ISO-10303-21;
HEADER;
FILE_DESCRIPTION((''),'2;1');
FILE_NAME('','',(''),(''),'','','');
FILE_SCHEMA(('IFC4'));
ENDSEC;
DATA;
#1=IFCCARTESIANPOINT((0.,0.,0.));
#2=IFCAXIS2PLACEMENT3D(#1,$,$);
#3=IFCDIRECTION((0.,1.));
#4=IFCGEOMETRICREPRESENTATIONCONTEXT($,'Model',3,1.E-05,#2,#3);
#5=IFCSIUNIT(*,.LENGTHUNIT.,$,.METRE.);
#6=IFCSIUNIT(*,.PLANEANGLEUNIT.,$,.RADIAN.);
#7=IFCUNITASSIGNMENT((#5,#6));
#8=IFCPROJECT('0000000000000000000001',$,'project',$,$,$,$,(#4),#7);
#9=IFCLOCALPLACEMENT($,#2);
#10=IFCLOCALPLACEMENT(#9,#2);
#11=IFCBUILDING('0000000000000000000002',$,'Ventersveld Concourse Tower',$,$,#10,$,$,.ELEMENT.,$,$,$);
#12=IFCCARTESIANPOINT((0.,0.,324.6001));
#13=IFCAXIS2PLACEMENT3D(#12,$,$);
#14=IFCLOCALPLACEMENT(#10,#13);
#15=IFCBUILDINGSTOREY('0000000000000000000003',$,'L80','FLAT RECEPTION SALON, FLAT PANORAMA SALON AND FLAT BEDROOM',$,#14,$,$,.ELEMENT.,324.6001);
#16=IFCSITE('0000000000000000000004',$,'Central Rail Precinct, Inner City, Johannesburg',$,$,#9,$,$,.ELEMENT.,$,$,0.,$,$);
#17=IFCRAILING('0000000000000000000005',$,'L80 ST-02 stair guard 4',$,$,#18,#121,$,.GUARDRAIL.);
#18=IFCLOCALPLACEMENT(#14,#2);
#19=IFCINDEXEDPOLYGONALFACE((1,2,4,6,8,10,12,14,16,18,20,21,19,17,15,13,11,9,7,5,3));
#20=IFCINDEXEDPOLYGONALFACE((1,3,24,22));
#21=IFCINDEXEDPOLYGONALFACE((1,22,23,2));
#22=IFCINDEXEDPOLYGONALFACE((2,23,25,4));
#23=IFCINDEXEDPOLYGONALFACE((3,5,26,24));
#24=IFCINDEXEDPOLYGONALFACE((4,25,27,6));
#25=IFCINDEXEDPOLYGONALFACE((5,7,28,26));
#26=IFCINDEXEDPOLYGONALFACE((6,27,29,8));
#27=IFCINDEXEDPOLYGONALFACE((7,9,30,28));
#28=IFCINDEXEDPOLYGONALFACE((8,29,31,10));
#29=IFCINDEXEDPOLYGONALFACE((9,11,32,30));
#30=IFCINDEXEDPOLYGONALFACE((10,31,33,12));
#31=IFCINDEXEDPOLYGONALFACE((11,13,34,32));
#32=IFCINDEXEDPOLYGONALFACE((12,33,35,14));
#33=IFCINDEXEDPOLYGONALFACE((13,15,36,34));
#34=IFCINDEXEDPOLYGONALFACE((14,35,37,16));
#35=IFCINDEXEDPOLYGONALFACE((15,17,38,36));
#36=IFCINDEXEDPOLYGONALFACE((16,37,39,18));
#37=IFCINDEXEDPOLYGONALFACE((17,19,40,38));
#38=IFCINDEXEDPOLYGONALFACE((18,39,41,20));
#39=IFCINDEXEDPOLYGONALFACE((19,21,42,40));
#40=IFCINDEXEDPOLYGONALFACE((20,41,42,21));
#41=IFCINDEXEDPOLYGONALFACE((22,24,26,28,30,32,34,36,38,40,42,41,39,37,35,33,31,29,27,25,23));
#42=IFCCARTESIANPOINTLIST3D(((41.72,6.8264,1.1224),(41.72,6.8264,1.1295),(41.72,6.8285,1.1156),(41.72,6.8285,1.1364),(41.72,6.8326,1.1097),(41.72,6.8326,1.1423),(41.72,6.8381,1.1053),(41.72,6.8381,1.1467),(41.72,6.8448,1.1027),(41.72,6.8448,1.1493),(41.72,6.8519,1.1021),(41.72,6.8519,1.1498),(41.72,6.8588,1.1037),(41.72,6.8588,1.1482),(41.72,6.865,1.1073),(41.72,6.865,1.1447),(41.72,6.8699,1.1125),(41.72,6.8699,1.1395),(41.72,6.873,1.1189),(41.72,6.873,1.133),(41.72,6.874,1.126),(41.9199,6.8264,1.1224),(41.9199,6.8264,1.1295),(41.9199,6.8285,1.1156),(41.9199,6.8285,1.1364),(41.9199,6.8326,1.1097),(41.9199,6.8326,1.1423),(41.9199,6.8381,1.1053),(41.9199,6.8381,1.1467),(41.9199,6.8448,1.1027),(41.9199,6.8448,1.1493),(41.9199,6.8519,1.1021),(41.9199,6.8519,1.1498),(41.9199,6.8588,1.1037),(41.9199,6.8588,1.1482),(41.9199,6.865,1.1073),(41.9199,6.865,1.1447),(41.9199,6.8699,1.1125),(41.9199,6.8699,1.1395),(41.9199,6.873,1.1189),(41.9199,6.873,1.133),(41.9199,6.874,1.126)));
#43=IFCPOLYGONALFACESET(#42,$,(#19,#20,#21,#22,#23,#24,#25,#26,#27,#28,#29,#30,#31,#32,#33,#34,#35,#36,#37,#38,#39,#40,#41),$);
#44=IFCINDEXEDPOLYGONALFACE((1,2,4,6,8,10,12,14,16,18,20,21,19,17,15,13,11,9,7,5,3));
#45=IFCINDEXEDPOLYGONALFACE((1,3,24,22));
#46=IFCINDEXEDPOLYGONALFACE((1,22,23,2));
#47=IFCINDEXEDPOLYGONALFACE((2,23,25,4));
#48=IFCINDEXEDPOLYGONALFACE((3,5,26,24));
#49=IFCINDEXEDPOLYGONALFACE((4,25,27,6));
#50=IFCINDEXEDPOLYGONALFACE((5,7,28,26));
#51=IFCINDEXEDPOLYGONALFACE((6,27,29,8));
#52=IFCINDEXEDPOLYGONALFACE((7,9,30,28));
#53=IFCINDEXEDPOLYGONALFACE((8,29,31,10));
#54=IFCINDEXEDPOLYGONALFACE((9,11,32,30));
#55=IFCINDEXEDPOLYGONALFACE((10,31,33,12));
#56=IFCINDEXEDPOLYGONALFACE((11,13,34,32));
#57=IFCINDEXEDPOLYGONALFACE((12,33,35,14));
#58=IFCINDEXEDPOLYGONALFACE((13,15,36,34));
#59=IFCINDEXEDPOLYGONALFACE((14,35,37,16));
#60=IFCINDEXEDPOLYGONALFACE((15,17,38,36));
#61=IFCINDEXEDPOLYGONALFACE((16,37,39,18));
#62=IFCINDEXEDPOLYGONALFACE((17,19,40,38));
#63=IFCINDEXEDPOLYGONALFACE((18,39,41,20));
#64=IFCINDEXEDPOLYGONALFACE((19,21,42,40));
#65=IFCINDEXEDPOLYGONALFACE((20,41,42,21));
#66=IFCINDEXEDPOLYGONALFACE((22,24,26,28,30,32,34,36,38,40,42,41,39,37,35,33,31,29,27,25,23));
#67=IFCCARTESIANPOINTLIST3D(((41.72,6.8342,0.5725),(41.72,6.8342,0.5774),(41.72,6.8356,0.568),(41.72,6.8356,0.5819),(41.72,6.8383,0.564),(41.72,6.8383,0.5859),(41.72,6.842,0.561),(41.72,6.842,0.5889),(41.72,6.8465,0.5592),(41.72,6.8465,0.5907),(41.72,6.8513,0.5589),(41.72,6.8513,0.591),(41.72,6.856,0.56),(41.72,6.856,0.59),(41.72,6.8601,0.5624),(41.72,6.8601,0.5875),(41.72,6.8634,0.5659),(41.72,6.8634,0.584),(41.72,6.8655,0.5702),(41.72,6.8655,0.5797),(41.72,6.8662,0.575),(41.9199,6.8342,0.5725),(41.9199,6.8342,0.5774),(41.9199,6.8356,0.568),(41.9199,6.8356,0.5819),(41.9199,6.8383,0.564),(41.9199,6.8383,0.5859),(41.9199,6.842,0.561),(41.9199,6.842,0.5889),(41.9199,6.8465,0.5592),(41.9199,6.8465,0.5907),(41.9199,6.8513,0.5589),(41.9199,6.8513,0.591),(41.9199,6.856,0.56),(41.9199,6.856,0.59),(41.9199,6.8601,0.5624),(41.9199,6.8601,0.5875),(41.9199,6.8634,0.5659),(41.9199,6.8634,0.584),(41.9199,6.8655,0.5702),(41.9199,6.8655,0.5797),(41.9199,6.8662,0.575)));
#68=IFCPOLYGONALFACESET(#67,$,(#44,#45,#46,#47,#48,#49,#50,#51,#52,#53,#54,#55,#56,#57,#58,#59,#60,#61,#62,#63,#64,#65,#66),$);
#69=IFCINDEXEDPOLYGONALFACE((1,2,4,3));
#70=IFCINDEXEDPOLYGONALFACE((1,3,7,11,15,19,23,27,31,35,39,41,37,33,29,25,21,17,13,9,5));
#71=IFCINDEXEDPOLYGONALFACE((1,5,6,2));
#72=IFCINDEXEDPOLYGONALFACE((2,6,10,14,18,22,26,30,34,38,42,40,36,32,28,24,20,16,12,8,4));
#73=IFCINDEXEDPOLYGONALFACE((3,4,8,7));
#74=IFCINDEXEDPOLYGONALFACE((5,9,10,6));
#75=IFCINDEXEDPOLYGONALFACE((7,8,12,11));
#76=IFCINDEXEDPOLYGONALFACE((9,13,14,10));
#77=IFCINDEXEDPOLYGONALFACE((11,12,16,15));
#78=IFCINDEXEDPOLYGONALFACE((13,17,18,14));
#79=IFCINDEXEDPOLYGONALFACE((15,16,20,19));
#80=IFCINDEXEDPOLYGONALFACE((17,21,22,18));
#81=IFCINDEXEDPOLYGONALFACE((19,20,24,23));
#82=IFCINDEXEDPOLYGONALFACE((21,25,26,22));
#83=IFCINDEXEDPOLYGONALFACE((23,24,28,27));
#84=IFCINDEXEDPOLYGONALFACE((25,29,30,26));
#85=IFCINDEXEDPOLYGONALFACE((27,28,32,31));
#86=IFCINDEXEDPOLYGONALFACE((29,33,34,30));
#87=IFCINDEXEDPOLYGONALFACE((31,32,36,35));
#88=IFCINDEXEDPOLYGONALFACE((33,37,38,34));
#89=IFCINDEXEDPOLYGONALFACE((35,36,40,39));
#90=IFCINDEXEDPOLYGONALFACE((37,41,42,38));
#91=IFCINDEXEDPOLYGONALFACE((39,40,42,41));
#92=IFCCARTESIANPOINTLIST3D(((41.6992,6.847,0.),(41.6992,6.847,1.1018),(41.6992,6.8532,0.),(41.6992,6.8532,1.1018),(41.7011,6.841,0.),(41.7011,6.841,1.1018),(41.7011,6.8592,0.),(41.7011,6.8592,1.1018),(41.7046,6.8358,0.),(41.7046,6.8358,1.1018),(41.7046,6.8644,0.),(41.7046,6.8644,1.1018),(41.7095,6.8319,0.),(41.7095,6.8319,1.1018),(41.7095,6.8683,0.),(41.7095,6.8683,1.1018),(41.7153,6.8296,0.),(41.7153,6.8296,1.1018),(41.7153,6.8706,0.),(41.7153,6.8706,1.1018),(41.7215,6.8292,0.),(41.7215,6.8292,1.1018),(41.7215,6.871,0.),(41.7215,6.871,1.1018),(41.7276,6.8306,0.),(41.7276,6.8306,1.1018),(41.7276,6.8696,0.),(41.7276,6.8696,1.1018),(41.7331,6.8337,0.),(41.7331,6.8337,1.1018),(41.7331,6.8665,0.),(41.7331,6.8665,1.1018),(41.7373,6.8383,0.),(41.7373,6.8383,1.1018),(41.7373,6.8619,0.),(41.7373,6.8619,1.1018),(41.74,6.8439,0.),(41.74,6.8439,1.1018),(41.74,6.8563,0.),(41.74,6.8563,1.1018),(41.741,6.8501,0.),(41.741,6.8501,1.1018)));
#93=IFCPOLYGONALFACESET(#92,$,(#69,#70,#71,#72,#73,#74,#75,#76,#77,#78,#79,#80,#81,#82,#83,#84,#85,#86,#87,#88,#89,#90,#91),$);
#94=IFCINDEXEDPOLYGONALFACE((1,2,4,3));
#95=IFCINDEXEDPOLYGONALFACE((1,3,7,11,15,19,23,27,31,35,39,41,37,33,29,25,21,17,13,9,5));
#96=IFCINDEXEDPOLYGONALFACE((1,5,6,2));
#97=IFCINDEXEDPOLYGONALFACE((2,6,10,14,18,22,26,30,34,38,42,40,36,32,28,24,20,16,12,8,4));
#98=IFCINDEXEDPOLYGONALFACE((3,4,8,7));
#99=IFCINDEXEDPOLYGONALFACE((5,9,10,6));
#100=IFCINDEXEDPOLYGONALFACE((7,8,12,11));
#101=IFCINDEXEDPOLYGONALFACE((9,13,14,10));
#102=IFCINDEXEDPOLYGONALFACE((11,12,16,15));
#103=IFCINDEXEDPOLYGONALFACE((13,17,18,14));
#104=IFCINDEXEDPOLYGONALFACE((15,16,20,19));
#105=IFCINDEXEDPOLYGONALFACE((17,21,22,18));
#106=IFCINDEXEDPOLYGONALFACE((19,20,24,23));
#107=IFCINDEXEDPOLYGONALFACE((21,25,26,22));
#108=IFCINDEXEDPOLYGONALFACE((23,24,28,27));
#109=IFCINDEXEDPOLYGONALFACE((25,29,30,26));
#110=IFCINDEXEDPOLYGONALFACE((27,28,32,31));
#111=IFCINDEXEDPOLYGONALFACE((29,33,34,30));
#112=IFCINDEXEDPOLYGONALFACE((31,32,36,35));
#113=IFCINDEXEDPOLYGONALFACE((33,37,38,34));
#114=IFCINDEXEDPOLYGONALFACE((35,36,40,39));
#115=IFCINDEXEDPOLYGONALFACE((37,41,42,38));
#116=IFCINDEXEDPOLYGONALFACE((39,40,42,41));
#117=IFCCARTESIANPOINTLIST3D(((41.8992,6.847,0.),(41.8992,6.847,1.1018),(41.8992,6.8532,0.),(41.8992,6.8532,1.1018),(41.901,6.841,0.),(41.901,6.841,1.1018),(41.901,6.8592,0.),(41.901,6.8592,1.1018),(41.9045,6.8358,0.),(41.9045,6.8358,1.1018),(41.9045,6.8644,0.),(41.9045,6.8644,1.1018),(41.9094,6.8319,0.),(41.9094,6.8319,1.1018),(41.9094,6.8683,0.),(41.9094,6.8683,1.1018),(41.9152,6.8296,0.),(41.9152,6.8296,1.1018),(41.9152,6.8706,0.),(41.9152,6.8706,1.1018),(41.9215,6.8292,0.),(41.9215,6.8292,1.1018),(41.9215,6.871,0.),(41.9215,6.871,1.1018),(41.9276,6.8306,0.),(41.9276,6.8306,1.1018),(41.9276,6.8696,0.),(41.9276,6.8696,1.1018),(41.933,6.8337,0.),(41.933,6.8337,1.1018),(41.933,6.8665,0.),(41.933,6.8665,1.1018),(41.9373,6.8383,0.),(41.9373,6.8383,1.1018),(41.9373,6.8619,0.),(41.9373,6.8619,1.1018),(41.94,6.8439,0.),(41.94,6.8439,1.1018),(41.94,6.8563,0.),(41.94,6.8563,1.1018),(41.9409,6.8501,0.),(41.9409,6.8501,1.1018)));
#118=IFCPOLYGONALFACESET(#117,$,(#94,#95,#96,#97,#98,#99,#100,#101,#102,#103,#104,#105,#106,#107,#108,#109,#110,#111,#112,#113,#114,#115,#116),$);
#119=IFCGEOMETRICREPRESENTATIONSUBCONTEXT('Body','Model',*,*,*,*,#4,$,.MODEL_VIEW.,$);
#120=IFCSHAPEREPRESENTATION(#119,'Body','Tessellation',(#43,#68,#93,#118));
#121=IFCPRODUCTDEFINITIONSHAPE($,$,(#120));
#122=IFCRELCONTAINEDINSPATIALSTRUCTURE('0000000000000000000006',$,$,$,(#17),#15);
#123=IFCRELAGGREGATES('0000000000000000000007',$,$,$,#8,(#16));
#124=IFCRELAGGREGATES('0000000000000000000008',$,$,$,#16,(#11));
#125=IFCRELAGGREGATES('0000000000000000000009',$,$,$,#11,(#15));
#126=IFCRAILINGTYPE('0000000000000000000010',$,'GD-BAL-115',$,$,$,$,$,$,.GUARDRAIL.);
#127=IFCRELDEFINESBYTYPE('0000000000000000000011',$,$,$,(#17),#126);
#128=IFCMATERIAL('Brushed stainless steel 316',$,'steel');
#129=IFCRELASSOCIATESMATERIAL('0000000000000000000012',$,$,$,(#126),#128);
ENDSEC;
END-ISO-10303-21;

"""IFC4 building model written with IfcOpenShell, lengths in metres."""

from ifc_helpers import new_model, si_unit, direction, frame, origin, origin_2d, place, context, subcontext, project, spatial, circle, extrude, material, type_object, element, save


model = new_model("IFC4")

# Units and contexts
model_context = context("Model", 3, precision=1e-05, world=origin(), true_north=direction((0.0, 1.0)))
body_context = subcontext(model_context, "Body", "Model", "MODEL_VIEW")
ifc_project = project(units=[si_unit("LENGTHUNIT", "METRE"), si_unit("PLANEANGLEUNIT", "RADIAN")], contexts=[model_context])

# Site, building, storey
site_placement = place(None, origin())
site = spatial("IfcSite", under=ifc_project, at=site_placement, Name="Central Rail Precinct, Inner City, Johannesburg", CompositionType="ELEMENT", RefElevation=0.0)
building_placement = place(site_placement, origin())
building = spatial("IfcBuilding", under=site, at=building_placement, Name="Ventersveld Concourse Tower", CompositionType="ELEMENT")
storey_placement = place(building_placement, frame((0.0, 0.0, 324.6001)))
storey = spatial("IfcBuildingStorey", under=building, at=storey_placement, Name="L80", Description="FLAT RECEPTION SALON, FLAT PANORAMA SALON AND FLAT BEDROOM", CompositionType="ELEMENT", Elevation=324.6001)

# Shared definitions
ifc_material_1 = material(Name="Brushed stainless steel 316", Category="steel")

# Railing
railing_type_1 = type_object("IfcRailingType", Name="GD-BAL-115", PredefinedType="GUARDRAIL", material=ifc_material_1)
railing_1_placement = place(storey_placement, frame((41.72, 6.8501, 0.0)))
element("IfcRailing", 1, at=railing_1_placement, inside=storey, type_object=railing_type_1, Name="L80 ST-02 stair guard 4", PredefinedType="GUARDRAIL", context=body_context, shape_type="SweptSolid", body=[
    extrude(circle(Radius=0.0239, at=origin_2d()), frame((0.0, 0.0, 1.126), z_axis=(1.0, 0.0, 0.0), x_axis=(0.0, 1.0, 0.0)), (0.0, 0.0, 1.0), 0.2),
    extrude(circle(Radius=0.0161, at=origin_2d()), frame((0.0, 0.0, 0.575), z_axis=(1.0, 0.0, 0.0), x_axis=(0.0, 1.0, 0.0)), (0.0, 0.0, 1.0), 0.2),
    extrude(circle(Radius=0.021, at=origin_2d()), origin(), (0.0, 0.0, 1.0), 1.1018),
    extrude(circle(Radius=0.021, at=origin_2d()), frame((0.2, 0.0, 0.0)), (0.0, 0.0, 1.0), 1.1018),
])

save(model, "model.ifc")
